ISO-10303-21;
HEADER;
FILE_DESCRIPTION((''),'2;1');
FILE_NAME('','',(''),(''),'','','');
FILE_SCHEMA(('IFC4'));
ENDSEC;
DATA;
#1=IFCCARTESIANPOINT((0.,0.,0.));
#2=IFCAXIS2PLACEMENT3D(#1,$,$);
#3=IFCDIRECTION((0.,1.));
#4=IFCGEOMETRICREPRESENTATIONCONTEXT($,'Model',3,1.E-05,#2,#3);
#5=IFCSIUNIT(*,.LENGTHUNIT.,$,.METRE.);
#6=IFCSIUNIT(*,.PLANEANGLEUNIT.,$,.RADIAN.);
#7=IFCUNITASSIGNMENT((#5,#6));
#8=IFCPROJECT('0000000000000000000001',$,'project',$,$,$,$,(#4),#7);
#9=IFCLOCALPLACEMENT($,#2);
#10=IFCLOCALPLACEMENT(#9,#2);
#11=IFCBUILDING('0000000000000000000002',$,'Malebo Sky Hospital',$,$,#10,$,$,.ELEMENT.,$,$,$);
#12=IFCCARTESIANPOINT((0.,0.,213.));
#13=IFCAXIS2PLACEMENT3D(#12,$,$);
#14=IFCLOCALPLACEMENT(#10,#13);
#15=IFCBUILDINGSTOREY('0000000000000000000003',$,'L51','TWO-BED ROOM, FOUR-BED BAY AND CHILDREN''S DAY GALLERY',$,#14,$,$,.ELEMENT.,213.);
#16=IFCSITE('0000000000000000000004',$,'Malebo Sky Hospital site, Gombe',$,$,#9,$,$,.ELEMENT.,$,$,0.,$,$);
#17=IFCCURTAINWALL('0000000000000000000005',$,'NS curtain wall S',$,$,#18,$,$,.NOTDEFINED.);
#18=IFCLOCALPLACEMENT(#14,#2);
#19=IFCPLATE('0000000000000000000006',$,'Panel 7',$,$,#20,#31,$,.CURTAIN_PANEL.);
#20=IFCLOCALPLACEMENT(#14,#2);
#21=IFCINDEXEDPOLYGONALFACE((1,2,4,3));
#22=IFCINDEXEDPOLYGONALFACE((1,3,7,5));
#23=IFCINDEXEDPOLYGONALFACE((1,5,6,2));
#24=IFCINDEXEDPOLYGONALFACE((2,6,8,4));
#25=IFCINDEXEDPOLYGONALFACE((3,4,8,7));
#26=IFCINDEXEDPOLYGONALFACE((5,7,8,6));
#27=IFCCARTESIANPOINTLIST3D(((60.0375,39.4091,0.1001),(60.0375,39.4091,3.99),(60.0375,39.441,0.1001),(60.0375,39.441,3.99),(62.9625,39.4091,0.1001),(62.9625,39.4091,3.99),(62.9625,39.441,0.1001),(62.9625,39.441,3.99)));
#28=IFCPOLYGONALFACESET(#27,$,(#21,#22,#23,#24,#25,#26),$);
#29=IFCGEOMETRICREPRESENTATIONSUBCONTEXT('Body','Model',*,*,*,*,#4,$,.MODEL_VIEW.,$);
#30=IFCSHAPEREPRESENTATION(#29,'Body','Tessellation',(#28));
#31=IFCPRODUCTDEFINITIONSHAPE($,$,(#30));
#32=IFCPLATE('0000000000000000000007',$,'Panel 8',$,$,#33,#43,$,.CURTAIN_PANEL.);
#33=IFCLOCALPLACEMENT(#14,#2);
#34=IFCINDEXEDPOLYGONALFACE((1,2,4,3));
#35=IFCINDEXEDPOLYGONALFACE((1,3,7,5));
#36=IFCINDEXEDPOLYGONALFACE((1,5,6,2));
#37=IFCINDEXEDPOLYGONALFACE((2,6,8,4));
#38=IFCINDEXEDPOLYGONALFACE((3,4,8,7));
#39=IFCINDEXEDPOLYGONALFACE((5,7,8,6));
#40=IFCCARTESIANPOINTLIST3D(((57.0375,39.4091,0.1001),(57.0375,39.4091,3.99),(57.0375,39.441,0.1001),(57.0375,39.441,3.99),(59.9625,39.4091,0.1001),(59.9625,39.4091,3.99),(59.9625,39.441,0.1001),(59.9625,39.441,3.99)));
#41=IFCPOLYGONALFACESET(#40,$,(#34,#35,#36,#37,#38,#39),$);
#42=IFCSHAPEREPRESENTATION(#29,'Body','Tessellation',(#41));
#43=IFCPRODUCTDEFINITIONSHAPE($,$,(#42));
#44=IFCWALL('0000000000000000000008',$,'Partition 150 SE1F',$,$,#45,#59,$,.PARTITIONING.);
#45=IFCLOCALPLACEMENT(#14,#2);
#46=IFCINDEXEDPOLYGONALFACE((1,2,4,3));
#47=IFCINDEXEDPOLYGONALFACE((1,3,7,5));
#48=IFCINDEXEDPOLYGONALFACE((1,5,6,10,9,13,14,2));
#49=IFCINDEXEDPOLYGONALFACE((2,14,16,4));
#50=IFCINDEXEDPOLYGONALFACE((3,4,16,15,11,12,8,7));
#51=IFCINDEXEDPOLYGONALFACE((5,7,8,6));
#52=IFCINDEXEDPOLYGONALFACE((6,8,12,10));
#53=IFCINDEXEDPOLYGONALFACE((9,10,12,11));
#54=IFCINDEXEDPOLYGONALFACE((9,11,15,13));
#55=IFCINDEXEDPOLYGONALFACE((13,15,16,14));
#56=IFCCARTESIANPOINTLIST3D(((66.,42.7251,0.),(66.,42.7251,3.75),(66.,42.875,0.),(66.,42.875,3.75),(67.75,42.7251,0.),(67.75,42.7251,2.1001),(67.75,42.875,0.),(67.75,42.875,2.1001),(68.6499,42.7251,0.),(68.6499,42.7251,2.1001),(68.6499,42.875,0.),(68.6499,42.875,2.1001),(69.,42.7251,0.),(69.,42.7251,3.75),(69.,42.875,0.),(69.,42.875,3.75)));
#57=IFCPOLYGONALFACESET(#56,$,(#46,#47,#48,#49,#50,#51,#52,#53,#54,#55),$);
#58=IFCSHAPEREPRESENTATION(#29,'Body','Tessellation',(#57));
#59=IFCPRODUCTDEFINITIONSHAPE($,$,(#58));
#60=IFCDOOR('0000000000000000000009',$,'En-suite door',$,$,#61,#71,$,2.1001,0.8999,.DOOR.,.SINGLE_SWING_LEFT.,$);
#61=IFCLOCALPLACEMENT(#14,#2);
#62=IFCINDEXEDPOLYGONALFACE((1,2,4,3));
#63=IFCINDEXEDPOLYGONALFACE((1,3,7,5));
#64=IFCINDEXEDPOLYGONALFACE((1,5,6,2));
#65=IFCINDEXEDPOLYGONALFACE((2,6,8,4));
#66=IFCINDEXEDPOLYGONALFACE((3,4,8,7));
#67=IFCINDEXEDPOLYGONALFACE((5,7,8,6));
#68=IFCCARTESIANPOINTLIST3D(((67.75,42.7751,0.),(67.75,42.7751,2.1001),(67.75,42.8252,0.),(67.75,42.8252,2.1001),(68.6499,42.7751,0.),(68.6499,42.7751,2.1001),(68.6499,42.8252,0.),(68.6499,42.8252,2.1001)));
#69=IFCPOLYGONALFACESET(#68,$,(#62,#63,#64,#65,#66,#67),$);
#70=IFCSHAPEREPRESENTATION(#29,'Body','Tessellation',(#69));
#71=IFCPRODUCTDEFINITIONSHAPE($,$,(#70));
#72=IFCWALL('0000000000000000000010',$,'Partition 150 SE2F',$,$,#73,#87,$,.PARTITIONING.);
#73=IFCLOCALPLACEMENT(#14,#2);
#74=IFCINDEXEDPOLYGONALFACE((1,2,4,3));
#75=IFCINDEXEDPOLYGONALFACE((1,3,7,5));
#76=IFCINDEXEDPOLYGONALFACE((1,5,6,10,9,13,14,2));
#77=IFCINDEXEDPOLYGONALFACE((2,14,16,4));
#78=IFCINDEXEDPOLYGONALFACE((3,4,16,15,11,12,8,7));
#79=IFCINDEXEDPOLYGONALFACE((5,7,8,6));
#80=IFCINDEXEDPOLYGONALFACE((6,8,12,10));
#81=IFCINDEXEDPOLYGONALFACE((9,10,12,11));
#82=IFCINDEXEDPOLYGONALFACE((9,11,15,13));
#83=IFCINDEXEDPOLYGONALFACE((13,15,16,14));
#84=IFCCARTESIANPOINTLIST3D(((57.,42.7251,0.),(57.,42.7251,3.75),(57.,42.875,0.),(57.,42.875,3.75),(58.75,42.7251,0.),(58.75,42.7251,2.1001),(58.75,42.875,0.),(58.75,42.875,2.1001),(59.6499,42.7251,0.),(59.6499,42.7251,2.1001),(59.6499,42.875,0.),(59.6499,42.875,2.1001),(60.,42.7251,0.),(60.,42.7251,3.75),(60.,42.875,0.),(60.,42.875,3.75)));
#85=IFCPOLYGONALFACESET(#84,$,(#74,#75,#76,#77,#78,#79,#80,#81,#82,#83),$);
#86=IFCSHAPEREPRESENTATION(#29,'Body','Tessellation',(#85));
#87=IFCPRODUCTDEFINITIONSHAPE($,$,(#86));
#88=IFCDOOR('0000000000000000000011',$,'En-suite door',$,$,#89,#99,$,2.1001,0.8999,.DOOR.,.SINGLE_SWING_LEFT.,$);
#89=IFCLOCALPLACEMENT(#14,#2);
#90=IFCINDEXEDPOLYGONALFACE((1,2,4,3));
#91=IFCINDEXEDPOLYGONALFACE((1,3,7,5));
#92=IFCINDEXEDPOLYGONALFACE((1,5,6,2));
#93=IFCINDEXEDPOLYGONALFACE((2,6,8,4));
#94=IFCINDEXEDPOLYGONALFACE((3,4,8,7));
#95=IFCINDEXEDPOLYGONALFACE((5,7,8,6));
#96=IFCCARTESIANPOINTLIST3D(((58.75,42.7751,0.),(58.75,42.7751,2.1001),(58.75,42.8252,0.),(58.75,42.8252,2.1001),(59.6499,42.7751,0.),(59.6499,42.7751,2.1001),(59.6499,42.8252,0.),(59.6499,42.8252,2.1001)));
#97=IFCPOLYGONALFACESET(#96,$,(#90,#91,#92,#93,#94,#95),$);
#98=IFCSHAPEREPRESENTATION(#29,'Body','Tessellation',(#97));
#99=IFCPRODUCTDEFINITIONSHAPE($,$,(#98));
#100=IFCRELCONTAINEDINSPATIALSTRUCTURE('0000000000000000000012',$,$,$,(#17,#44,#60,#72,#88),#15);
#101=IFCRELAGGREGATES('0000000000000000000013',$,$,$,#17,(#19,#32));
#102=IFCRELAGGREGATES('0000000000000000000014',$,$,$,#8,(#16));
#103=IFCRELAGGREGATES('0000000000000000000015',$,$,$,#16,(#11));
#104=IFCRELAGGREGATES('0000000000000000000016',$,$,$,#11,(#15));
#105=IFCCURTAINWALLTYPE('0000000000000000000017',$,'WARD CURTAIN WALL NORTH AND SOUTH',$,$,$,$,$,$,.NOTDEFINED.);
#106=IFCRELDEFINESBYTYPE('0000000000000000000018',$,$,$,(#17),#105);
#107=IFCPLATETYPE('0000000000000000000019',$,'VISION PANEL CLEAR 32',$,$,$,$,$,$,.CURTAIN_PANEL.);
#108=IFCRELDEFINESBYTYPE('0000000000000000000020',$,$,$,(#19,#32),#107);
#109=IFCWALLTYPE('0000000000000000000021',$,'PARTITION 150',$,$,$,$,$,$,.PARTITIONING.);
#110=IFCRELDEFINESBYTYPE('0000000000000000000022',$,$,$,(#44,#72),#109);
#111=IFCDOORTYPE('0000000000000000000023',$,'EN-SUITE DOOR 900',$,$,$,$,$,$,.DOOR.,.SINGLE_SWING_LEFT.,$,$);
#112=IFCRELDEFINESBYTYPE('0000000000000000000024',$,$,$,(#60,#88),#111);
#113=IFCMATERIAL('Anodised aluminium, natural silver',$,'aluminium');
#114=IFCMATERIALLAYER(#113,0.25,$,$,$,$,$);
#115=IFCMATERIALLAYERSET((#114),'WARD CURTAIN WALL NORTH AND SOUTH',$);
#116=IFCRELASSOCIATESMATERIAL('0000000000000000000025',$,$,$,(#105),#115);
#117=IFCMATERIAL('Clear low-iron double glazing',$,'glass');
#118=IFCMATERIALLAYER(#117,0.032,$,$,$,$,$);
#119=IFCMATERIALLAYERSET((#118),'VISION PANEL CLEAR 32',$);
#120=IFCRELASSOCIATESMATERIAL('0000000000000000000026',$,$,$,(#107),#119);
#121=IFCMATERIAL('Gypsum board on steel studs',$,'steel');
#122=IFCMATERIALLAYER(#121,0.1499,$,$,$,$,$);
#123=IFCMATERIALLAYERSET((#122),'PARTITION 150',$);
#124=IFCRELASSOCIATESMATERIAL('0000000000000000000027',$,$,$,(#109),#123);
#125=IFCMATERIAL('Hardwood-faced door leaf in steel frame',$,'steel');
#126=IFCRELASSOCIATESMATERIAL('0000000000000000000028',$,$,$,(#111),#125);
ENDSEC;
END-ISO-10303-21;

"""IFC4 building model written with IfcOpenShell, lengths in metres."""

from ifc_helpers import new_model, si_unit, direction, frame, frame_2d, origin, origin_2d, place, context, subcontext, project, spatial, rectangle, extrude, material, layer, layer_set, type_object, element, fill, aggregate, save


model = new_model("IFC4")

# Units and contexts
model_context = context("Model", 3, precision=1e-05, world=origin(), true_north=direction((0.0, 1.0)))
body_context = subcontext(model_context, "Body", "Model", "MODEL_VIEW")
ifc_project = project(units=[si_unit("LENGTHUNIT", "METRE"), si_unit("PLANEANGLEUNIT", "RADIAN")], contexts=[model_context])

# Site, building, storey
site_placement = place(None, origin())
site = spatial("IfcSite", under=ifc_project, at=site_placement, Name="Malebo Sky Hospital site, Gombe", CompositionType="ELEMENT", RefElevation=0.0)
building_placement = place(site_placement, origin())
building = spatial("IfcBuilding", under=site, at=building_placement, Name="Malebo Sky Hospital", CompositionType="ELEMENT")
storey_placement = place(building_placement, frame((0.0, 0.0, 213.0)))
storey = spatial("IfcBuildingStorey", under=building, at=storey_placement, Name="L51", Description="TWO-BED ROOM, FOUR-BED BAY AND CHILDREN'S DAY GALLERY", CompositionType="ELEMENT", Elevation=213.0)

# Curtain wall
ifc_material_1 = material(Name="Anodised aluminium, natural silver", Category="aluminium")
ifc_layer_1 = layer(ifc_material_1, 0.25)
ifc_layer_set_1 = layer_set([ifc_layer_1], Name="WARD CURTAIN WALL NORTH AND SOUTH")
curtain_wall_type = type_object("IfcCurtainWallType", Name="WARD CURTAIN WALL NORTH AND SOUTH", PredefinedType="NOTDEFINED", material=ifc_layer_set_1)
curtain_wall_placement = place(storey_placement, origin())
curtain_wall = element("IfcCurtainWall", 1, at=curtain_wall_placement, inside=storey, type_object=curtain_wall_type, Name="NS curtain wall S", PredefinedType="NOTDEFINED")

# Plates
ifc_material_2 = material(Name="Clear low-iron double glazing", Category="glass")
ifc_layer_2 = layer(ifc_material_2, 0.032)
ifc_layer_set_2 = layer_set([ifc_layer_2], Name="VISION PANEL CLEAR 32")
plate_type = type_object("IfcPlateType", Name="VISION PANEL CLEAR 32", PredefinedType="CURTAIN_PANEL", material=ifc_layer_set_2)
plate_1_placement = place(storey_placement, frame((61.5, 39.425, 0.1001), z_axis=(0.0, 0.0, 1.0), x_axis=(-1.0, 0.0, 0.0)))
plate_1 = element("IfcPlate", 2, at=plate_1_placement, type_object=plate_type, Name="Panel 7", PredefinedType="CURTAIN_PANEL", context=body_context, shape_type="SweptSolid", body=[
    extrude(rectangle(XDim=2.925, YDim=0.032, at=origin_2d()), origin(), (0.0, 0.0, 1.0), 3.8899),
])
plate_2_placement = place(storey_placement, frame((58.5, 39.425, 0.1001), z_axis=(0.0, 0.0, 1.0), x_axis=(-1.0, 0.0, 0.0)))
plate_2 = element("IfcPlate", 3, at=plate_2_placement, type_object=plate_type, Name="Panel 8", PredefinedType="CURTAIN_PANEL", context=body_context, shape_type="SweptSolid", body=[
    extrude(rectangle(XDim=2.925, YDim=0.032, at=origin_2d()), origin(), (0.0, 0.0, 1.0), 3.8899),
])
aggregate(curtain_wall, [plate_1, plate_2])

# Walls, openings, doors
ifc_material_3 = material(Name="Gypsum board on steel studs", Category="steel")
ifc_layer_3 = layer(ifc_material_3, 0.1499)
ifc_layer_set_3 = layer_set([ifc_layer_3], Name="PARTITION 150")
wall_type = type_object("IfcWallType", Name="PARTITION 150", PredefinedType="PARTITIONING", material=ifc_layer_set_3)
wall_1_placement = place(storey_placement, frame((69.0, 42.8, 0.0), z_axis=(0.0, 0.0, 1.0), x_axis=(-1.0, 0.0, 0.0)))
wall_1 = element("IfcWall", 4, at=wall_1_placement, inside=storey, type_object=wall_type, Name="Partition 150 SE1F", PredefinedType="PARTITIONING", context=body_context, shape_type="SweptSolid", body=[
    extrude(rectangle(XDim=3.0, YDim=0.1499, at=frame_2d((1.5, 0.0))), origin(), (0.0, 0.0, 1.0), 3.75),
])
opening_1_placement = place(wall_1_placement, frame((0.3501, 0.0, 0.0)))
opening_1 = element("IfcOpeningElement", 5, at=opening_1_placement, cuts=wall_1, PredefinedType="OPENING", context=body_context, shape_type="SweptSolid", body=[
    extrude(rectangle(XDim=0.8999, YDim=2.1001, at=frame_2d((0.45, 1.05))), frame((0.0, 0.085, 0.0), z_axis=(0.0, -1.0, 0.0), x_axis=(1.0, 0.0, 0.0)), (0.0, 0.0, 1.0), 0.1699),
])
ifc_material_4 = material(Name="Hardwood-faced door leaf in steel frame", Category="steel")
door_type = type_object("IfcDoorType", Name="EN-SUITE DOOR 900", OperationType="SINGLE_SWING_LEFT", PredefinedType="DOOR", material=ifc_material_4)
door_1_placement = place(opening_1_placement, origin())
door_1 = element("IfcDoor", 6, at=door_1_placement, inside=storey, type_object=door_type, Name="En-suite door", OperationType="SINGLE_SWING_LEFT", OverallHeight=2.1001, OverallWidth=0.8999, PredefinedType="DOOR", context=body_context, shape_type="SweptSolid", body=[
    extrude(rectangle(XDim=0.8999, YDim=2.1001, at=frame_2d((0.45, 1.05))), frame((0.0, 0.0249, 0.0), z_axis=(0.0, -1.0, 0.0), x_axis=(1.0, 0.0, 0.0)), (0.0, 0.0, 1.0), 0.05),
])
fill(opening_1, door_1)
wall_2_placement = place(storey_placement, frame((60.0, 42.8, 0.0), z_axis=(0.0, 0.0, 1.0), x_axis=(-1.0, 0.0, 0.0)))
wall_2 = element("IfcWall", 7, at=wall_2_placement, inside=storey, type_object=wall_type, Name="Partition 150 SE2F", PredefinedType="PARTITIONING", context=body_context, shape_type="SweptSolid", body=[
    extrude(rectangle(XDim=3.0, YDim=0.1499, at=frame_2d((1.5, 0.0))), origin(), (0.0, 0.0, 1.0), 3.75),
])
opening_2_placement = place(wall_2_placement, frame((0.3501, 0.0, 0.0)))
opening_2 = element("IfcOpeningElement", 8, at=opening_2_placement, cuts=wall_2, PredefinedType="OPENING", context=body_context, shape_type="SweptSolid", body=[
    extrude(rectangle(XDim=0.8999, YDim=2.1001, at=frame_2d((0.45, 1.05))), frame((0.0, 0.085, 0.0), z_axis=(0.0, -1.0, 0.0), x_axis=(1.0, 0.0, 0.0)), (0.0, 0.0, 1.0), 0.1699),
])
door_2_placement = place(opening_2_placement, origin())
door_2 = element("IfcDoor", 9, at=door_2_placement, inside=storey, type_object=door_type, Name="En-suite door", OperationType="SINGLE_SWING_LEFT", OverallHeight=2.1001, OverallWidth=0.8999, PredefinedType="DOOR", context=body_context, shape_type="SweptSolid", body=[
    extrude(rectangle(XDim=0.8999, YDim=2.1001, at=frame_2d((0.45, 1.05))), frame((0.0, 0.0249, 0.0), z_axis=(0.0, -1.0, 0.0), x_axis=(1.0, 0.0, 0.0)), (0.0, 0.0, 1.0), 0.05),
])
fill(opening_2, door_2)

save(model, "model.ifc")
